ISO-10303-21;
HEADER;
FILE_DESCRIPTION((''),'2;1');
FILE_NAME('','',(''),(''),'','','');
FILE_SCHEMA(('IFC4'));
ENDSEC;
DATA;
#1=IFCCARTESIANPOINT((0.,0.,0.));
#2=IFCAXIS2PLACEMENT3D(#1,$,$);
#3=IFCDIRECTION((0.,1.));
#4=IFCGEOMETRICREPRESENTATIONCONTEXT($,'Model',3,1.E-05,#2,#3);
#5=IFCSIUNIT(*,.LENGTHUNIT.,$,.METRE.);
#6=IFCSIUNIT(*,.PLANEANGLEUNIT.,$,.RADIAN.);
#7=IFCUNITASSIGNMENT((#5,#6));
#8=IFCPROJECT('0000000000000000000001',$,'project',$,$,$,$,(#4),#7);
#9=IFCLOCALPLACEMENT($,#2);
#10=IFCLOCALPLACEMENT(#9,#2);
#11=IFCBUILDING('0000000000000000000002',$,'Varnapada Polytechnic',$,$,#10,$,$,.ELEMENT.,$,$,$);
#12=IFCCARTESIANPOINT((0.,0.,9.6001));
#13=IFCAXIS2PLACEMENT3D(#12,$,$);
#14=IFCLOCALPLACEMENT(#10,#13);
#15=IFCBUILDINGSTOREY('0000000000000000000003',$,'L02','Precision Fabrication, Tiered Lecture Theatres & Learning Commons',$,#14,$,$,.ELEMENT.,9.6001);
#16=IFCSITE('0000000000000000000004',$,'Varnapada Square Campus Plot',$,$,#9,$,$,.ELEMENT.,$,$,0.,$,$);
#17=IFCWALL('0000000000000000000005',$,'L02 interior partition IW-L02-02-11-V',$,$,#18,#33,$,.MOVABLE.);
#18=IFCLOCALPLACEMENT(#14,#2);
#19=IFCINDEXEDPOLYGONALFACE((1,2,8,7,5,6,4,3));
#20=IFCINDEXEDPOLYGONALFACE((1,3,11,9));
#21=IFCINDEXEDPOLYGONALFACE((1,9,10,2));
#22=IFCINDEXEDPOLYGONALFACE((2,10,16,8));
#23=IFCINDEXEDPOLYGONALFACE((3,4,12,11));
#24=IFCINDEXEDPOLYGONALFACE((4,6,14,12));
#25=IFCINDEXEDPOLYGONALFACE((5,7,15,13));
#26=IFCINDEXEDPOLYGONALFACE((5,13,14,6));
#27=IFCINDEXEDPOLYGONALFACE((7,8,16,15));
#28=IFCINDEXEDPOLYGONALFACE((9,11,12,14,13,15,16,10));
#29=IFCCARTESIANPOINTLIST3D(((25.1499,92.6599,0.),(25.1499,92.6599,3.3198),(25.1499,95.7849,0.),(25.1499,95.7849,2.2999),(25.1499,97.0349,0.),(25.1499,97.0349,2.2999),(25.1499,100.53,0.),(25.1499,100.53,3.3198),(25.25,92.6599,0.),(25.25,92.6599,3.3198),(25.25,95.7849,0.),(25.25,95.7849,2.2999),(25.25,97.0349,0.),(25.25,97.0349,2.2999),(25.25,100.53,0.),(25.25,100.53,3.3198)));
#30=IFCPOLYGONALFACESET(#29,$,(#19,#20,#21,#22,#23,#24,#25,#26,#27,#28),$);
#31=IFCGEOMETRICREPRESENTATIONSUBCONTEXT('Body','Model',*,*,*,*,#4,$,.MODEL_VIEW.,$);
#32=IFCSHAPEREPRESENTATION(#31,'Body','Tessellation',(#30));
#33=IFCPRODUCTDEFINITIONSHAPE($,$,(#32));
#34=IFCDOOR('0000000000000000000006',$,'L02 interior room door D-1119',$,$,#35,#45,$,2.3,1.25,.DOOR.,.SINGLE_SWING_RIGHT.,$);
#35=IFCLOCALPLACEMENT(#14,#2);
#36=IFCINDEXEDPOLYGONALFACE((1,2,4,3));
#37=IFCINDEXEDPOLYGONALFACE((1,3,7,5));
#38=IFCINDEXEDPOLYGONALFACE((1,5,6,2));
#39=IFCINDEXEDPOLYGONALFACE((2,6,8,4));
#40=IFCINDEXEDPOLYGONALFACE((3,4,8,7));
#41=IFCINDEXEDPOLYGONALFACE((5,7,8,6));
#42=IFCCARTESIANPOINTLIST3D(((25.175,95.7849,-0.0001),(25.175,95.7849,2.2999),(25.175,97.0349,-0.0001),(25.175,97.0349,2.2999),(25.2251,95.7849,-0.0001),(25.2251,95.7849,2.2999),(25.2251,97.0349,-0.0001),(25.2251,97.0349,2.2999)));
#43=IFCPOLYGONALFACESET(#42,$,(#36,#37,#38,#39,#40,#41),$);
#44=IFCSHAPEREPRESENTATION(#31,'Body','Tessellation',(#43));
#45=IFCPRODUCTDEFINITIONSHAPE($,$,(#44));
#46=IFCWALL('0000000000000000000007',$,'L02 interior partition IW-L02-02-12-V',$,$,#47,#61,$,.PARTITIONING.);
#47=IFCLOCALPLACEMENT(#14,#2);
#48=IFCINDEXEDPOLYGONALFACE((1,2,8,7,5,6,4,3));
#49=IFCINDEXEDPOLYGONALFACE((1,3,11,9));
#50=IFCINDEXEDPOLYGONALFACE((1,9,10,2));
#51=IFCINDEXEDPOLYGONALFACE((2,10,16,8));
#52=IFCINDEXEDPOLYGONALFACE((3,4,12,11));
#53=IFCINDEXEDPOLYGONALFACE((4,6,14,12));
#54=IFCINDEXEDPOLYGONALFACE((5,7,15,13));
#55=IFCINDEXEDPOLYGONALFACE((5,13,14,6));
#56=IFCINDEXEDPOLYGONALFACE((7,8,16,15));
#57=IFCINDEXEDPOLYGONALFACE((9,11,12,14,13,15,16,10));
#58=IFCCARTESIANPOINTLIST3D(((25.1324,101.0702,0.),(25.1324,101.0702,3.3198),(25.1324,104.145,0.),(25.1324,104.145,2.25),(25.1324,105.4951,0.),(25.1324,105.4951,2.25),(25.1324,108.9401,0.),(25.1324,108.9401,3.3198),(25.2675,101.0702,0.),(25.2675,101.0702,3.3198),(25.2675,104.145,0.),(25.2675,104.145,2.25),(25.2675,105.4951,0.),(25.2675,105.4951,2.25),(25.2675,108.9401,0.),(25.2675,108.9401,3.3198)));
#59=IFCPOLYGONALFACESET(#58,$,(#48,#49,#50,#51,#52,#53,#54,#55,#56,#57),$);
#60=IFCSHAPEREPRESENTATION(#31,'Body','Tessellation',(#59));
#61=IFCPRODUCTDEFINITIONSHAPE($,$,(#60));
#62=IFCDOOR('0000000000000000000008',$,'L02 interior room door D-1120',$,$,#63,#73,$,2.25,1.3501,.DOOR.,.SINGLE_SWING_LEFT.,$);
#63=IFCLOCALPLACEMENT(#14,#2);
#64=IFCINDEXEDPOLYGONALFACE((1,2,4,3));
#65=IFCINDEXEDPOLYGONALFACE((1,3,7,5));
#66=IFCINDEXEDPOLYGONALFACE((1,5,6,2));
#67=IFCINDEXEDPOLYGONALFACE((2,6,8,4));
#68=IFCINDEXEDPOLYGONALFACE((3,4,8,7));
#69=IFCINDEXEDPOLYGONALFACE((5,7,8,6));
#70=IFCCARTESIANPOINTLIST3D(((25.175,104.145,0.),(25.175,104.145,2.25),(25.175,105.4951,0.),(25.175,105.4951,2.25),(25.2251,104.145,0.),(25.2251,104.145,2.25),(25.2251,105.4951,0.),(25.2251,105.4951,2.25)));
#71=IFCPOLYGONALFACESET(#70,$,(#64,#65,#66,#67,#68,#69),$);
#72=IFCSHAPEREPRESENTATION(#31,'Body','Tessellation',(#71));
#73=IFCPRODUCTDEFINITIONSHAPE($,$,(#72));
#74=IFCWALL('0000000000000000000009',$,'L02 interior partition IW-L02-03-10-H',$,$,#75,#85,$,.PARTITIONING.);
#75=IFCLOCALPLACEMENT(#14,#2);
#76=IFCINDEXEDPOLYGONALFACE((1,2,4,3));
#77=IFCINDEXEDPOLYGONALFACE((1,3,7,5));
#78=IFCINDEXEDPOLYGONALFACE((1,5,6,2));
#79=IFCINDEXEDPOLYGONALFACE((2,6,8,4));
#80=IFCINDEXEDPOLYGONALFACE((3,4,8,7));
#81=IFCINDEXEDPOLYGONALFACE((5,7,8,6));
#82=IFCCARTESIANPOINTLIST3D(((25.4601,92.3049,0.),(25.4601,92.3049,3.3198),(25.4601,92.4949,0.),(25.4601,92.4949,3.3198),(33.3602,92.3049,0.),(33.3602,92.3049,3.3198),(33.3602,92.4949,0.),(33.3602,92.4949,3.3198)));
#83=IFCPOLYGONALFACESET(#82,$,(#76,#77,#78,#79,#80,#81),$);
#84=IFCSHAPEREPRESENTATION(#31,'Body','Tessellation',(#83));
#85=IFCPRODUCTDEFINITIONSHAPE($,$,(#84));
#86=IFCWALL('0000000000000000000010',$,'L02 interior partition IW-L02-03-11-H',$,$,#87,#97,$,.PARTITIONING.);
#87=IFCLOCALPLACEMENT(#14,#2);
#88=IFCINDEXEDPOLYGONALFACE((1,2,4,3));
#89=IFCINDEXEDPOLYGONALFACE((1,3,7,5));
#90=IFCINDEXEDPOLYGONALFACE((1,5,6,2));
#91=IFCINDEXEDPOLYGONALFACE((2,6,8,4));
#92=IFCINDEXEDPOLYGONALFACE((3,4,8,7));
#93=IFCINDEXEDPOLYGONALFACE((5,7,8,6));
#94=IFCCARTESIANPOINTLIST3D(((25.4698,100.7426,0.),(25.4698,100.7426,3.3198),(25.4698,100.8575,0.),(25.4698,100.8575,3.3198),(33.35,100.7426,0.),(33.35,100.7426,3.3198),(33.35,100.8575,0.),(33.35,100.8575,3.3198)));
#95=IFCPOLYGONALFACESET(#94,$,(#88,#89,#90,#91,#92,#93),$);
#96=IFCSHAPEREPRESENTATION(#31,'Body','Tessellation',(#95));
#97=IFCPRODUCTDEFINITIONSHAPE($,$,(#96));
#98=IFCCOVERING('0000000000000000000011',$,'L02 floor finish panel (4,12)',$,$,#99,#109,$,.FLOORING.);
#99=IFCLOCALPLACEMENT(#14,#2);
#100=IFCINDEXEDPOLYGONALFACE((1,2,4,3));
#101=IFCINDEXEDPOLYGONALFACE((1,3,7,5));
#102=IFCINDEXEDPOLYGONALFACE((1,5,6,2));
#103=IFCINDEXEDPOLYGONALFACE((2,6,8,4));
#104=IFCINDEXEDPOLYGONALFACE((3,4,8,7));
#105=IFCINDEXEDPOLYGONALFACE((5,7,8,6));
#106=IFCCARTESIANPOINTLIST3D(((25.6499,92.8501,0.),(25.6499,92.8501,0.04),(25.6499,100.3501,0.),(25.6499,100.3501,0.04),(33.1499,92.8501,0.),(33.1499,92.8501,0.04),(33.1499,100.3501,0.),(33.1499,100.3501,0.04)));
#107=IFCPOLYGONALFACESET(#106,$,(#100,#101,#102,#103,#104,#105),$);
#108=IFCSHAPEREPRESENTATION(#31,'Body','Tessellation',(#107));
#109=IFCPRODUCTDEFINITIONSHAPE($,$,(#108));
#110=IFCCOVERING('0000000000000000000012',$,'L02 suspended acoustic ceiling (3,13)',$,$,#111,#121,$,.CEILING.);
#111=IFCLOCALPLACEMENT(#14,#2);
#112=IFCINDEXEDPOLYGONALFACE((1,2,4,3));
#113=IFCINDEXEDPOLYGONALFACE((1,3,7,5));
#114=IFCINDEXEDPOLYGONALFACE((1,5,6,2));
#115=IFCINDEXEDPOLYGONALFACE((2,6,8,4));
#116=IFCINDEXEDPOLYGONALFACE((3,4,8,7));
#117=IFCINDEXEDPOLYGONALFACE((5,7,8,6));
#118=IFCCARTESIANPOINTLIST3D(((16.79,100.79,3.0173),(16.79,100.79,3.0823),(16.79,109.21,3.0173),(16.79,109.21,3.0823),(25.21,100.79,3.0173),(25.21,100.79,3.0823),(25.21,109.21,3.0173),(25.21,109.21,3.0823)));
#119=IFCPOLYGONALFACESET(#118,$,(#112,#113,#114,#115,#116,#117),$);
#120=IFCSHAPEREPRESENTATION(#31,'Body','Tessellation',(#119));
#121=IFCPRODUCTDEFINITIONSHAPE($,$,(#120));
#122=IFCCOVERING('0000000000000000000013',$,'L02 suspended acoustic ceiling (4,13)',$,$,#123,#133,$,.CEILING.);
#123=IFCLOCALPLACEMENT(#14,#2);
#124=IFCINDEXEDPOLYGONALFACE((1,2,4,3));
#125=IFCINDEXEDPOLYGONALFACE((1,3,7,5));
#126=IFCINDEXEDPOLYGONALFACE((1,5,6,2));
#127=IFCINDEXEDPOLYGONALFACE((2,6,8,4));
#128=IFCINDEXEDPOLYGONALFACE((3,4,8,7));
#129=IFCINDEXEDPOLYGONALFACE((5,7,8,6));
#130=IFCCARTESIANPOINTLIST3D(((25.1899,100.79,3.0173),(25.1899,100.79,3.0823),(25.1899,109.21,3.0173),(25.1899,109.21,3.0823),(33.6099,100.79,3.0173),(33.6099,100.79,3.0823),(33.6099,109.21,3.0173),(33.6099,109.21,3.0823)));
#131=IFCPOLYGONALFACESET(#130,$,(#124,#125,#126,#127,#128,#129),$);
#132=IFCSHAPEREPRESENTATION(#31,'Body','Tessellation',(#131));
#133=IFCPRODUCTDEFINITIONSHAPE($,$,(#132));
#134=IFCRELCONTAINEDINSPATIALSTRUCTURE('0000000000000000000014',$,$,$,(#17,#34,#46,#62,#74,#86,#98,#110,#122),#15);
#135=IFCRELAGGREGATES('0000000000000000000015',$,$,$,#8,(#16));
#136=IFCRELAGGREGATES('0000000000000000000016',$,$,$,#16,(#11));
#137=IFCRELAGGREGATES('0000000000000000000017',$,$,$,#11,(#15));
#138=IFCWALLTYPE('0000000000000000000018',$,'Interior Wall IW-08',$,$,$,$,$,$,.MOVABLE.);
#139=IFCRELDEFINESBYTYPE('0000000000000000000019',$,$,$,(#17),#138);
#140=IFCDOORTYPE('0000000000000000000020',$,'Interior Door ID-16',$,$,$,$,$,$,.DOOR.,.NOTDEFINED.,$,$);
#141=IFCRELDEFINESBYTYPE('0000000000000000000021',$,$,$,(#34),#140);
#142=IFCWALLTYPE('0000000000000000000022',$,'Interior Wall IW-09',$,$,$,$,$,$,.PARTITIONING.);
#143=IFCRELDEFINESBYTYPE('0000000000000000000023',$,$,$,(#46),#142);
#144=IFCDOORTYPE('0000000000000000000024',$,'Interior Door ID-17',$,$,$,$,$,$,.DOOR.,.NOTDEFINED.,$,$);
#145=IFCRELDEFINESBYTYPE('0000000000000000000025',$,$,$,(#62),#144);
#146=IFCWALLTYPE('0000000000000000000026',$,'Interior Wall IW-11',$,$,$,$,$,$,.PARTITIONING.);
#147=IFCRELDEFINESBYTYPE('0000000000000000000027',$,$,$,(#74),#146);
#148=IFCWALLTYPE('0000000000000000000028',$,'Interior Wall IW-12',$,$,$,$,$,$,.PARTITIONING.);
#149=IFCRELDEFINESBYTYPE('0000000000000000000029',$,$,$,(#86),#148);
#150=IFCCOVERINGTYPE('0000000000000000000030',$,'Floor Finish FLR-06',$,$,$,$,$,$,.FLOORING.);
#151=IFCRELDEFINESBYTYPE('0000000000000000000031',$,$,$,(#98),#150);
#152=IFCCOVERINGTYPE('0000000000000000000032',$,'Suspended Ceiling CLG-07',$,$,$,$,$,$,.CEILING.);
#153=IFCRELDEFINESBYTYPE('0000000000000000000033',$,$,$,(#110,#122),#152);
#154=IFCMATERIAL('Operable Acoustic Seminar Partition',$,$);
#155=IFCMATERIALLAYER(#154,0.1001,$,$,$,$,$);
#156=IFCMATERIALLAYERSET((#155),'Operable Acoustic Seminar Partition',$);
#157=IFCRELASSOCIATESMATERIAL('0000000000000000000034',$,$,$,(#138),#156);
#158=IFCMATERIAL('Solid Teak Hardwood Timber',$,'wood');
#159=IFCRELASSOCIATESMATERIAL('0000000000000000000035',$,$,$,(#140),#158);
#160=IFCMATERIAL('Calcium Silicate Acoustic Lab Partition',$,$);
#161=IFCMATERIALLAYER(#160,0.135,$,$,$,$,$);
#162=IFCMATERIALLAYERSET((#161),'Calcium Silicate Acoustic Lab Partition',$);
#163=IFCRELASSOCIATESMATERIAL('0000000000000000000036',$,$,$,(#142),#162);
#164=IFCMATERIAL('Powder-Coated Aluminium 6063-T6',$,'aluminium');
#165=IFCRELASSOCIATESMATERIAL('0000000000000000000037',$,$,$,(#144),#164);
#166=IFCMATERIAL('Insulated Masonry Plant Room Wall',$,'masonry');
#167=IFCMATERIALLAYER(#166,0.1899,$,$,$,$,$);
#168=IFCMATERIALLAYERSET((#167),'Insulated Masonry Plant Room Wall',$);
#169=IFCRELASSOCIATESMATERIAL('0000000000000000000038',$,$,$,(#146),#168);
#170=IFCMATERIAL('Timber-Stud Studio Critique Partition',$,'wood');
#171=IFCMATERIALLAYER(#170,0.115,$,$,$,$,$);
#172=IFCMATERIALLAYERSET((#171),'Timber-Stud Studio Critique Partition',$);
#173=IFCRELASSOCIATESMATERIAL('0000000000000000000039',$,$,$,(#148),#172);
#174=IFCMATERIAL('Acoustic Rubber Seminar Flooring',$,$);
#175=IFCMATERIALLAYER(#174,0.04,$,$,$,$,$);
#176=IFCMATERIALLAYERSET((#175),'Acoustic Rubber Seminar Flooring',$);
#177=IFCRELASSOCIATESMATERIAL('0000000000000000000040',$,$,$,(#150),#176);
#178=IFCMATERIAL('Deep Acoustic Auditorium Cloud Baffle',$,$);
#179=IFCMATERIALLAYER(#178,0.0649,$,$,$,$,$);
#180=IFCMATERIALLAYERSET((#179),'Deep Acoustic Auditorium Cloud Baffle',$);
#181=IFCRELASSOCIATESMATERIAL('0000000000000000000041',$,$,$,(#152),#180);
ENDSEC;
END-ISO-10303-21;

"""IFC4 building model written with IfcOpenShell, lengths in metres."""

from ifc_helpers import new_model, si_unit, direction, frame, frame_2d, origin, origin_2d, place, context, subcontext, project, spatial, rectangle, extrude, material, layer, layer_set, type_object, element, fill, save


model = new_model("IFC4")

# Units and contexts
model_context = context("Model", 3, precision=1e-05, world=origin(), true_north=direction((0.0, 1.0)))
body_context = subcontext(model_context, "Body", "Model", "MODEL_VIEW")
ifc_project = project(units=[si_unit("LENGTHUNIT", "METRE"), si_unit("PLANEANGLEUNIT", "RADIAN")], contexts=[model_context])

# Site, building, storey
site_placement = place(None, origin())
site = spatial("IfcSite", under=ifc_project, at=site_placement, Name="Varnapada Square Campus Plot", CompositionType="ELEMENT", RefElevation=0.0)
building_placement = place(site_placement, origin())
building = spatial("IfcBuilding", under=site, at=building_placement, Name="Varnapada Polytechnic", CompositionType="ELEMENT")
storey_placement = place(building_placement, frame((0.0, 0.0, 9.6001)))
storey = spatial("IfcBuildingStorey", under=building, at=storey_placement, Name="L02", Description="Precision Fabrication, Tiered Lecture Theatres & Learning Commons", CompositionType="ELEMENT", Elevation=9.6001)

# Walls, openings, doors
ifc_material_1 = material(Name="Operable Acoustic Seminar Partition")
ifc_layer_1 = layer(ifc_material_1, 0.1001)
ifc_layer_set_1 = layer_set([ifc_layer_1], Name="Operable Acoustic Seminar Partition")
wall_type_1 = type_object("IfcWallType", Name="Interior Wall IW-08", PredefinedType="MOVABLE", material=ifc_layer_set_1)
wall_1_placement = place(storey_placement, frame((25.2, 92.6599, 0.0), z_axis=(0.0, 0.0, 1.0), x_axis=(0.0, 1.0, 0.0)))
wall_1 = element("IfcWall", 1, at=wall_1_placement, inside=storey, type_object=wall_type_1, Name="L02 interior partition IW-L02-02-11-V", PredefinedType="MOVABLE", context=body_context, shape_type="SweptSolid", body=[
    extrude(rectangle(XDim=7.8701, YDim=0.1001, at=frame_2d((3.9351, 0.0))), origin(), (0.0, 0.0, 1.0), 3.3198),
])
opening_1_placement = place(wall_1_placement, frame((3.125, 0.0, 0.0)))
opening_1 = element("IfcOpeningElement", 2, at=opening_1_placement, cuts=wall_1, PredefinedType="OPENING", context=body_context, shape_type="SweptSolid", body=[
    extrude(rectangle(XDim=1.25, YDim=2.3, at=frame_2d((0.625, 1.1499))), frame((0.0, 0.0601, 0.0), z_axis=(0.0, -1.0, 0.0), x_axis=(1.0, 0.0, 0.0)), (0.0, 0.0, 1.0), 0.1201),
])
ifc_material_2 = material(Name="Solid Teak Hardwood Timber", Category="wood")
door_type_1 = type_object("IfcDoorType", Name="Interior Door ID-16", OperationType="NOTDEFINED", PredefinedType="DOOR", material=ifc_material_2)
door_1_placement = place(opening_1_placement, origin())
door_1 = element("IfcDoor", 3, at=door_1_placement, inside=storey, type_object=door_type_1, Name="L02 interior room door D-1119", OperationType="SINGLE_SWING_RIGHT", OverallHeight=2.3, OverallWidth=1.25, PredefinedType="DOOR", context=body_context, shape_type="SweptSolid", body=[
    extrude(rectangle(XDim=1.25, YDim=2.3, at=frame_2d((0.625, 1.1499))), frame((0.0, 0.0249, 0.0), z_axis=(0.0, -1.0, 0.0), x_axis=(1.0, 0.0, 0.0)), (0.0, 0.0, 1.0), 0.05),
])
fill(opening_1, door_1)
ifc_material_3 = material(Name="Calcium Silicate Acoustic Lab Partition")
ifc_layer_2 = layer(ifc_material_3, 0.135)
ifc_layer_set_2 = layer_set([ifc_layer_2], Name="Calcium Silicate Acoustic Lab Partition")
wall_type_2 = type_object("IfcWallType", Name="Interior Wall IW-09", PredefinedType="PARTITIONING", material=ifc_layer_set_2)
wall_2_placement = place(storey_placement, frame((25.2, 101.0701, 0.0), z_axis=(0.0, 0.0, 1.0), x_axis=(0.0, 1.0, 0.0)))
wall_2 = element("IfcWall", 4, at=wall_2_placement, inside=storey, type_object=wall_type_2, Name="L02 interior partition IW-L02-02-12-V", PredefinedType="PARTITIONING", context=body_context, shape_type="SweptSolid", body=[
    extrude(rectangle(XDim=7.8699, YDim=0.135, at=frame_2d((3.9351, 0.0))), origin(), (0.0, 0.0, 1.0), 3.3198),
])
opening_2_placement = place(wall_2_placement, frame((3.075, 0.0, 0.0)))
opening_2 = element("IfcOpeningElement", 5, at=opening_2_placement, cuts=wall_2, PredefinedType="OPENING", context=body_context, shape_type="SweptSolid", body=[
    extrude(rectangle(XDim=1.3501, YDim=2.25, at=frame_2d((0.675, 1.125))), frame((0.0, 0.0774, 0.0), z_axis=(0.0, -1.0, 0.0), x_axis=(1.0, 0.0, 0.0)), (0.0, 0.0, 1.0), 0.155),
])
ifc_material_4 = material(Name="Powder-Coated Aluminium 6063-T6", Category="aluminium")
door_type_2 = type_object("IfcDoorType", Name="Interior Door ID-17", OperationType="NOTDEFINED", PredefinedType="DOOR", material=ifc_material_4)
door_2_placement = place(opening_2_placement, origin())
door_2 = element("IfcDoor", 6, at=door_2_placement, inside=storey, type_object=door_type_2, Name="L02 interior room door D-1120", OperationType="SINGLE_SWING_LEFT", OverallHeight=2.25, OverallWidth=1.3501, PredefinedType="DOOR", context=body_context, shape_type="SweptSolid", body=[
    extrude(rectangle(XDim=1.3501, YDim=2.25, at=frame_2d((0.675, 1.125))), frame((0.0, 0.0249, 0.0), z_axis=(0.0, -1.0, 0.0), x_axis=(1.0, 0.0, 0.0)), (0.0, 0.0, 1.0), 0.05),
])
fill(opening_2, door_2)

# Walls
ifc_material_5 = material(Name="Insulated Masonry Plant Room Wall", Category="masonry")
ifc_layer_3 = layer(ifc_material_5, 0.1899)
ifc_layer_set_3 = layer_set([ifc_layer_3], Name="Insulated Masonry Plant Room Wall")
wall_type_3 = type_object("IfcWallType", Name="Interior Wall IW-11", PredefinedType="PARTITIONING", material=ifc_layer_set_3)
wall_3_placement = place(storey_placement, frame((25.46, 92.3999, 0.0), z_axis=(0.0, 0.0, 1.0), x_axis=(1.0, 0.0, 0.0)))
element("IfcWall", 7, at=wall_3_placement, inside=storey, type_object=wall_type_3, Name="L02 interior partition IW-L02-03-10-H", PredefinedType="PARTITIONING", context=body_context, shape_type="SweptSolid", body=[
    extrude(rectangle(XDim=7.9001, YDim=0.1899, at=frame_2d((3.9502, 0.0))), origin(), (0.0, 0.0, 1.0), 3.3198),
])
ifc_material_6 = material(Name="Timber-Stud Studio Critique Partition", Category="wood")
ifc_layer_4 = layer(ifc_material_6, 0.115)
ifc_layer_set_4 = layer_set([ifc_layer_4], Name="Timber-Stud Studio Critique Partition")
wall_type_4 = type_object("IfcWallType", Name="Interior Wall IW-12", PredefinedType="PARTITIONING", material=ifc_layer_set_4)
wall_4_placement = place(storey_placement, frame((25.47, 100.8, 0.0), z_axis=(0.0, 0.0, 1.0), x_axis=(1.0, 0.0, 0.0)))
element("IfcWall", 8, at=wall_4_placement, inside=storey, type_object=wall_type_4, Name="L02 interior partition IW-L02-03-11-H", PredefinedType="PARTITIONING", context=body_context, shape_type="SweptSolid", body=[
    extrude(rectangle(XDim=7.8801, YDim=0.115, at=frame_2d((3.9399, 0.0))), origin(), (0.0, 0.0, 1.0), 3.3198),
])

# Coverings
ifc_material_7 = material(Name="Acoustic Rubber Seminar Flooring")
ifc_layer_5 = layer(ifc_material_7, 0.04)
ifc_layer_set_5 = layer_set([ifc_layer_5], Name="Acoustic Rubber Seminar Flooring")
covering_type_1 = type_object("IfcCoveringType", Name="Floor Finish FLR-06", PredefinedType="FLOORING", material=ifc_layer_set_5)
covering_placement = place(storey_placement, frame((29.3999, 96.6001, 0.0), z_axis=(0.0, 0.0, 1.0), x_axis=(1.0, 0.0, 0.0)))
element("IfcCovering", 9, at=covering_placement, inside=storey, type_object=covering_type_1, Name="L02 floor finish panel (4,12)", PredefinedType="FLOORING", context=body_context, shape_type="SweptSolid", body=[
    extrude(rectangle(XDim=7.5, YDim=7.5, at=origin_2d()), origin(), (0.0, 0.0, 1.0), 0.04),
])
ifc_material_8 = material(Name="Deep Acoustic Auditorium Cloud Baffle")
ifc_layer_6 = layer(ifc_material_8, 0.0649)
ifc_layer_set_6 = layer_set([ifc_layer_6], Name="Deep Acoustic Auditorium Cloud Baffle")
covering_type_2 = type_object("IfcCoveringType", Name="Suspended Ceiling CLG-07", PredefinedType="CEILING", material=ifc_layer_set_6)
for number, where, z_axis, x_axis, name in (
    (10, (21.0, 105.0, 3.0173), (0.0, 0.0, 1.0), (1.0, 0.0, 0.0), "L02 suspended acoustic ceiling (3,13)"),
    (11, (29.3999, 105.0, 3.0173), (0.0, 0.0, 1.0), (1.0, 0.0, 0.0), "L02 suspended acoustic ceiling (4,13)"),
):
    element("IfcCovering", number, at=place(storey_placement, frame(where, z_axis=z_axis, x_axis=x_axis)), inside=storey, type_object=covering_type_2, Name=name, PredefinedType="CEILING", context=body_context, shape_type="SweptSolid", body=[
        extrude(rectangle(XDim=8.4199, YDim=8.4199, at=origin_2d()), origin(), (0.0, 0.0, 1.0), 0.0649),
    ])

save(model, "model.ifc")
